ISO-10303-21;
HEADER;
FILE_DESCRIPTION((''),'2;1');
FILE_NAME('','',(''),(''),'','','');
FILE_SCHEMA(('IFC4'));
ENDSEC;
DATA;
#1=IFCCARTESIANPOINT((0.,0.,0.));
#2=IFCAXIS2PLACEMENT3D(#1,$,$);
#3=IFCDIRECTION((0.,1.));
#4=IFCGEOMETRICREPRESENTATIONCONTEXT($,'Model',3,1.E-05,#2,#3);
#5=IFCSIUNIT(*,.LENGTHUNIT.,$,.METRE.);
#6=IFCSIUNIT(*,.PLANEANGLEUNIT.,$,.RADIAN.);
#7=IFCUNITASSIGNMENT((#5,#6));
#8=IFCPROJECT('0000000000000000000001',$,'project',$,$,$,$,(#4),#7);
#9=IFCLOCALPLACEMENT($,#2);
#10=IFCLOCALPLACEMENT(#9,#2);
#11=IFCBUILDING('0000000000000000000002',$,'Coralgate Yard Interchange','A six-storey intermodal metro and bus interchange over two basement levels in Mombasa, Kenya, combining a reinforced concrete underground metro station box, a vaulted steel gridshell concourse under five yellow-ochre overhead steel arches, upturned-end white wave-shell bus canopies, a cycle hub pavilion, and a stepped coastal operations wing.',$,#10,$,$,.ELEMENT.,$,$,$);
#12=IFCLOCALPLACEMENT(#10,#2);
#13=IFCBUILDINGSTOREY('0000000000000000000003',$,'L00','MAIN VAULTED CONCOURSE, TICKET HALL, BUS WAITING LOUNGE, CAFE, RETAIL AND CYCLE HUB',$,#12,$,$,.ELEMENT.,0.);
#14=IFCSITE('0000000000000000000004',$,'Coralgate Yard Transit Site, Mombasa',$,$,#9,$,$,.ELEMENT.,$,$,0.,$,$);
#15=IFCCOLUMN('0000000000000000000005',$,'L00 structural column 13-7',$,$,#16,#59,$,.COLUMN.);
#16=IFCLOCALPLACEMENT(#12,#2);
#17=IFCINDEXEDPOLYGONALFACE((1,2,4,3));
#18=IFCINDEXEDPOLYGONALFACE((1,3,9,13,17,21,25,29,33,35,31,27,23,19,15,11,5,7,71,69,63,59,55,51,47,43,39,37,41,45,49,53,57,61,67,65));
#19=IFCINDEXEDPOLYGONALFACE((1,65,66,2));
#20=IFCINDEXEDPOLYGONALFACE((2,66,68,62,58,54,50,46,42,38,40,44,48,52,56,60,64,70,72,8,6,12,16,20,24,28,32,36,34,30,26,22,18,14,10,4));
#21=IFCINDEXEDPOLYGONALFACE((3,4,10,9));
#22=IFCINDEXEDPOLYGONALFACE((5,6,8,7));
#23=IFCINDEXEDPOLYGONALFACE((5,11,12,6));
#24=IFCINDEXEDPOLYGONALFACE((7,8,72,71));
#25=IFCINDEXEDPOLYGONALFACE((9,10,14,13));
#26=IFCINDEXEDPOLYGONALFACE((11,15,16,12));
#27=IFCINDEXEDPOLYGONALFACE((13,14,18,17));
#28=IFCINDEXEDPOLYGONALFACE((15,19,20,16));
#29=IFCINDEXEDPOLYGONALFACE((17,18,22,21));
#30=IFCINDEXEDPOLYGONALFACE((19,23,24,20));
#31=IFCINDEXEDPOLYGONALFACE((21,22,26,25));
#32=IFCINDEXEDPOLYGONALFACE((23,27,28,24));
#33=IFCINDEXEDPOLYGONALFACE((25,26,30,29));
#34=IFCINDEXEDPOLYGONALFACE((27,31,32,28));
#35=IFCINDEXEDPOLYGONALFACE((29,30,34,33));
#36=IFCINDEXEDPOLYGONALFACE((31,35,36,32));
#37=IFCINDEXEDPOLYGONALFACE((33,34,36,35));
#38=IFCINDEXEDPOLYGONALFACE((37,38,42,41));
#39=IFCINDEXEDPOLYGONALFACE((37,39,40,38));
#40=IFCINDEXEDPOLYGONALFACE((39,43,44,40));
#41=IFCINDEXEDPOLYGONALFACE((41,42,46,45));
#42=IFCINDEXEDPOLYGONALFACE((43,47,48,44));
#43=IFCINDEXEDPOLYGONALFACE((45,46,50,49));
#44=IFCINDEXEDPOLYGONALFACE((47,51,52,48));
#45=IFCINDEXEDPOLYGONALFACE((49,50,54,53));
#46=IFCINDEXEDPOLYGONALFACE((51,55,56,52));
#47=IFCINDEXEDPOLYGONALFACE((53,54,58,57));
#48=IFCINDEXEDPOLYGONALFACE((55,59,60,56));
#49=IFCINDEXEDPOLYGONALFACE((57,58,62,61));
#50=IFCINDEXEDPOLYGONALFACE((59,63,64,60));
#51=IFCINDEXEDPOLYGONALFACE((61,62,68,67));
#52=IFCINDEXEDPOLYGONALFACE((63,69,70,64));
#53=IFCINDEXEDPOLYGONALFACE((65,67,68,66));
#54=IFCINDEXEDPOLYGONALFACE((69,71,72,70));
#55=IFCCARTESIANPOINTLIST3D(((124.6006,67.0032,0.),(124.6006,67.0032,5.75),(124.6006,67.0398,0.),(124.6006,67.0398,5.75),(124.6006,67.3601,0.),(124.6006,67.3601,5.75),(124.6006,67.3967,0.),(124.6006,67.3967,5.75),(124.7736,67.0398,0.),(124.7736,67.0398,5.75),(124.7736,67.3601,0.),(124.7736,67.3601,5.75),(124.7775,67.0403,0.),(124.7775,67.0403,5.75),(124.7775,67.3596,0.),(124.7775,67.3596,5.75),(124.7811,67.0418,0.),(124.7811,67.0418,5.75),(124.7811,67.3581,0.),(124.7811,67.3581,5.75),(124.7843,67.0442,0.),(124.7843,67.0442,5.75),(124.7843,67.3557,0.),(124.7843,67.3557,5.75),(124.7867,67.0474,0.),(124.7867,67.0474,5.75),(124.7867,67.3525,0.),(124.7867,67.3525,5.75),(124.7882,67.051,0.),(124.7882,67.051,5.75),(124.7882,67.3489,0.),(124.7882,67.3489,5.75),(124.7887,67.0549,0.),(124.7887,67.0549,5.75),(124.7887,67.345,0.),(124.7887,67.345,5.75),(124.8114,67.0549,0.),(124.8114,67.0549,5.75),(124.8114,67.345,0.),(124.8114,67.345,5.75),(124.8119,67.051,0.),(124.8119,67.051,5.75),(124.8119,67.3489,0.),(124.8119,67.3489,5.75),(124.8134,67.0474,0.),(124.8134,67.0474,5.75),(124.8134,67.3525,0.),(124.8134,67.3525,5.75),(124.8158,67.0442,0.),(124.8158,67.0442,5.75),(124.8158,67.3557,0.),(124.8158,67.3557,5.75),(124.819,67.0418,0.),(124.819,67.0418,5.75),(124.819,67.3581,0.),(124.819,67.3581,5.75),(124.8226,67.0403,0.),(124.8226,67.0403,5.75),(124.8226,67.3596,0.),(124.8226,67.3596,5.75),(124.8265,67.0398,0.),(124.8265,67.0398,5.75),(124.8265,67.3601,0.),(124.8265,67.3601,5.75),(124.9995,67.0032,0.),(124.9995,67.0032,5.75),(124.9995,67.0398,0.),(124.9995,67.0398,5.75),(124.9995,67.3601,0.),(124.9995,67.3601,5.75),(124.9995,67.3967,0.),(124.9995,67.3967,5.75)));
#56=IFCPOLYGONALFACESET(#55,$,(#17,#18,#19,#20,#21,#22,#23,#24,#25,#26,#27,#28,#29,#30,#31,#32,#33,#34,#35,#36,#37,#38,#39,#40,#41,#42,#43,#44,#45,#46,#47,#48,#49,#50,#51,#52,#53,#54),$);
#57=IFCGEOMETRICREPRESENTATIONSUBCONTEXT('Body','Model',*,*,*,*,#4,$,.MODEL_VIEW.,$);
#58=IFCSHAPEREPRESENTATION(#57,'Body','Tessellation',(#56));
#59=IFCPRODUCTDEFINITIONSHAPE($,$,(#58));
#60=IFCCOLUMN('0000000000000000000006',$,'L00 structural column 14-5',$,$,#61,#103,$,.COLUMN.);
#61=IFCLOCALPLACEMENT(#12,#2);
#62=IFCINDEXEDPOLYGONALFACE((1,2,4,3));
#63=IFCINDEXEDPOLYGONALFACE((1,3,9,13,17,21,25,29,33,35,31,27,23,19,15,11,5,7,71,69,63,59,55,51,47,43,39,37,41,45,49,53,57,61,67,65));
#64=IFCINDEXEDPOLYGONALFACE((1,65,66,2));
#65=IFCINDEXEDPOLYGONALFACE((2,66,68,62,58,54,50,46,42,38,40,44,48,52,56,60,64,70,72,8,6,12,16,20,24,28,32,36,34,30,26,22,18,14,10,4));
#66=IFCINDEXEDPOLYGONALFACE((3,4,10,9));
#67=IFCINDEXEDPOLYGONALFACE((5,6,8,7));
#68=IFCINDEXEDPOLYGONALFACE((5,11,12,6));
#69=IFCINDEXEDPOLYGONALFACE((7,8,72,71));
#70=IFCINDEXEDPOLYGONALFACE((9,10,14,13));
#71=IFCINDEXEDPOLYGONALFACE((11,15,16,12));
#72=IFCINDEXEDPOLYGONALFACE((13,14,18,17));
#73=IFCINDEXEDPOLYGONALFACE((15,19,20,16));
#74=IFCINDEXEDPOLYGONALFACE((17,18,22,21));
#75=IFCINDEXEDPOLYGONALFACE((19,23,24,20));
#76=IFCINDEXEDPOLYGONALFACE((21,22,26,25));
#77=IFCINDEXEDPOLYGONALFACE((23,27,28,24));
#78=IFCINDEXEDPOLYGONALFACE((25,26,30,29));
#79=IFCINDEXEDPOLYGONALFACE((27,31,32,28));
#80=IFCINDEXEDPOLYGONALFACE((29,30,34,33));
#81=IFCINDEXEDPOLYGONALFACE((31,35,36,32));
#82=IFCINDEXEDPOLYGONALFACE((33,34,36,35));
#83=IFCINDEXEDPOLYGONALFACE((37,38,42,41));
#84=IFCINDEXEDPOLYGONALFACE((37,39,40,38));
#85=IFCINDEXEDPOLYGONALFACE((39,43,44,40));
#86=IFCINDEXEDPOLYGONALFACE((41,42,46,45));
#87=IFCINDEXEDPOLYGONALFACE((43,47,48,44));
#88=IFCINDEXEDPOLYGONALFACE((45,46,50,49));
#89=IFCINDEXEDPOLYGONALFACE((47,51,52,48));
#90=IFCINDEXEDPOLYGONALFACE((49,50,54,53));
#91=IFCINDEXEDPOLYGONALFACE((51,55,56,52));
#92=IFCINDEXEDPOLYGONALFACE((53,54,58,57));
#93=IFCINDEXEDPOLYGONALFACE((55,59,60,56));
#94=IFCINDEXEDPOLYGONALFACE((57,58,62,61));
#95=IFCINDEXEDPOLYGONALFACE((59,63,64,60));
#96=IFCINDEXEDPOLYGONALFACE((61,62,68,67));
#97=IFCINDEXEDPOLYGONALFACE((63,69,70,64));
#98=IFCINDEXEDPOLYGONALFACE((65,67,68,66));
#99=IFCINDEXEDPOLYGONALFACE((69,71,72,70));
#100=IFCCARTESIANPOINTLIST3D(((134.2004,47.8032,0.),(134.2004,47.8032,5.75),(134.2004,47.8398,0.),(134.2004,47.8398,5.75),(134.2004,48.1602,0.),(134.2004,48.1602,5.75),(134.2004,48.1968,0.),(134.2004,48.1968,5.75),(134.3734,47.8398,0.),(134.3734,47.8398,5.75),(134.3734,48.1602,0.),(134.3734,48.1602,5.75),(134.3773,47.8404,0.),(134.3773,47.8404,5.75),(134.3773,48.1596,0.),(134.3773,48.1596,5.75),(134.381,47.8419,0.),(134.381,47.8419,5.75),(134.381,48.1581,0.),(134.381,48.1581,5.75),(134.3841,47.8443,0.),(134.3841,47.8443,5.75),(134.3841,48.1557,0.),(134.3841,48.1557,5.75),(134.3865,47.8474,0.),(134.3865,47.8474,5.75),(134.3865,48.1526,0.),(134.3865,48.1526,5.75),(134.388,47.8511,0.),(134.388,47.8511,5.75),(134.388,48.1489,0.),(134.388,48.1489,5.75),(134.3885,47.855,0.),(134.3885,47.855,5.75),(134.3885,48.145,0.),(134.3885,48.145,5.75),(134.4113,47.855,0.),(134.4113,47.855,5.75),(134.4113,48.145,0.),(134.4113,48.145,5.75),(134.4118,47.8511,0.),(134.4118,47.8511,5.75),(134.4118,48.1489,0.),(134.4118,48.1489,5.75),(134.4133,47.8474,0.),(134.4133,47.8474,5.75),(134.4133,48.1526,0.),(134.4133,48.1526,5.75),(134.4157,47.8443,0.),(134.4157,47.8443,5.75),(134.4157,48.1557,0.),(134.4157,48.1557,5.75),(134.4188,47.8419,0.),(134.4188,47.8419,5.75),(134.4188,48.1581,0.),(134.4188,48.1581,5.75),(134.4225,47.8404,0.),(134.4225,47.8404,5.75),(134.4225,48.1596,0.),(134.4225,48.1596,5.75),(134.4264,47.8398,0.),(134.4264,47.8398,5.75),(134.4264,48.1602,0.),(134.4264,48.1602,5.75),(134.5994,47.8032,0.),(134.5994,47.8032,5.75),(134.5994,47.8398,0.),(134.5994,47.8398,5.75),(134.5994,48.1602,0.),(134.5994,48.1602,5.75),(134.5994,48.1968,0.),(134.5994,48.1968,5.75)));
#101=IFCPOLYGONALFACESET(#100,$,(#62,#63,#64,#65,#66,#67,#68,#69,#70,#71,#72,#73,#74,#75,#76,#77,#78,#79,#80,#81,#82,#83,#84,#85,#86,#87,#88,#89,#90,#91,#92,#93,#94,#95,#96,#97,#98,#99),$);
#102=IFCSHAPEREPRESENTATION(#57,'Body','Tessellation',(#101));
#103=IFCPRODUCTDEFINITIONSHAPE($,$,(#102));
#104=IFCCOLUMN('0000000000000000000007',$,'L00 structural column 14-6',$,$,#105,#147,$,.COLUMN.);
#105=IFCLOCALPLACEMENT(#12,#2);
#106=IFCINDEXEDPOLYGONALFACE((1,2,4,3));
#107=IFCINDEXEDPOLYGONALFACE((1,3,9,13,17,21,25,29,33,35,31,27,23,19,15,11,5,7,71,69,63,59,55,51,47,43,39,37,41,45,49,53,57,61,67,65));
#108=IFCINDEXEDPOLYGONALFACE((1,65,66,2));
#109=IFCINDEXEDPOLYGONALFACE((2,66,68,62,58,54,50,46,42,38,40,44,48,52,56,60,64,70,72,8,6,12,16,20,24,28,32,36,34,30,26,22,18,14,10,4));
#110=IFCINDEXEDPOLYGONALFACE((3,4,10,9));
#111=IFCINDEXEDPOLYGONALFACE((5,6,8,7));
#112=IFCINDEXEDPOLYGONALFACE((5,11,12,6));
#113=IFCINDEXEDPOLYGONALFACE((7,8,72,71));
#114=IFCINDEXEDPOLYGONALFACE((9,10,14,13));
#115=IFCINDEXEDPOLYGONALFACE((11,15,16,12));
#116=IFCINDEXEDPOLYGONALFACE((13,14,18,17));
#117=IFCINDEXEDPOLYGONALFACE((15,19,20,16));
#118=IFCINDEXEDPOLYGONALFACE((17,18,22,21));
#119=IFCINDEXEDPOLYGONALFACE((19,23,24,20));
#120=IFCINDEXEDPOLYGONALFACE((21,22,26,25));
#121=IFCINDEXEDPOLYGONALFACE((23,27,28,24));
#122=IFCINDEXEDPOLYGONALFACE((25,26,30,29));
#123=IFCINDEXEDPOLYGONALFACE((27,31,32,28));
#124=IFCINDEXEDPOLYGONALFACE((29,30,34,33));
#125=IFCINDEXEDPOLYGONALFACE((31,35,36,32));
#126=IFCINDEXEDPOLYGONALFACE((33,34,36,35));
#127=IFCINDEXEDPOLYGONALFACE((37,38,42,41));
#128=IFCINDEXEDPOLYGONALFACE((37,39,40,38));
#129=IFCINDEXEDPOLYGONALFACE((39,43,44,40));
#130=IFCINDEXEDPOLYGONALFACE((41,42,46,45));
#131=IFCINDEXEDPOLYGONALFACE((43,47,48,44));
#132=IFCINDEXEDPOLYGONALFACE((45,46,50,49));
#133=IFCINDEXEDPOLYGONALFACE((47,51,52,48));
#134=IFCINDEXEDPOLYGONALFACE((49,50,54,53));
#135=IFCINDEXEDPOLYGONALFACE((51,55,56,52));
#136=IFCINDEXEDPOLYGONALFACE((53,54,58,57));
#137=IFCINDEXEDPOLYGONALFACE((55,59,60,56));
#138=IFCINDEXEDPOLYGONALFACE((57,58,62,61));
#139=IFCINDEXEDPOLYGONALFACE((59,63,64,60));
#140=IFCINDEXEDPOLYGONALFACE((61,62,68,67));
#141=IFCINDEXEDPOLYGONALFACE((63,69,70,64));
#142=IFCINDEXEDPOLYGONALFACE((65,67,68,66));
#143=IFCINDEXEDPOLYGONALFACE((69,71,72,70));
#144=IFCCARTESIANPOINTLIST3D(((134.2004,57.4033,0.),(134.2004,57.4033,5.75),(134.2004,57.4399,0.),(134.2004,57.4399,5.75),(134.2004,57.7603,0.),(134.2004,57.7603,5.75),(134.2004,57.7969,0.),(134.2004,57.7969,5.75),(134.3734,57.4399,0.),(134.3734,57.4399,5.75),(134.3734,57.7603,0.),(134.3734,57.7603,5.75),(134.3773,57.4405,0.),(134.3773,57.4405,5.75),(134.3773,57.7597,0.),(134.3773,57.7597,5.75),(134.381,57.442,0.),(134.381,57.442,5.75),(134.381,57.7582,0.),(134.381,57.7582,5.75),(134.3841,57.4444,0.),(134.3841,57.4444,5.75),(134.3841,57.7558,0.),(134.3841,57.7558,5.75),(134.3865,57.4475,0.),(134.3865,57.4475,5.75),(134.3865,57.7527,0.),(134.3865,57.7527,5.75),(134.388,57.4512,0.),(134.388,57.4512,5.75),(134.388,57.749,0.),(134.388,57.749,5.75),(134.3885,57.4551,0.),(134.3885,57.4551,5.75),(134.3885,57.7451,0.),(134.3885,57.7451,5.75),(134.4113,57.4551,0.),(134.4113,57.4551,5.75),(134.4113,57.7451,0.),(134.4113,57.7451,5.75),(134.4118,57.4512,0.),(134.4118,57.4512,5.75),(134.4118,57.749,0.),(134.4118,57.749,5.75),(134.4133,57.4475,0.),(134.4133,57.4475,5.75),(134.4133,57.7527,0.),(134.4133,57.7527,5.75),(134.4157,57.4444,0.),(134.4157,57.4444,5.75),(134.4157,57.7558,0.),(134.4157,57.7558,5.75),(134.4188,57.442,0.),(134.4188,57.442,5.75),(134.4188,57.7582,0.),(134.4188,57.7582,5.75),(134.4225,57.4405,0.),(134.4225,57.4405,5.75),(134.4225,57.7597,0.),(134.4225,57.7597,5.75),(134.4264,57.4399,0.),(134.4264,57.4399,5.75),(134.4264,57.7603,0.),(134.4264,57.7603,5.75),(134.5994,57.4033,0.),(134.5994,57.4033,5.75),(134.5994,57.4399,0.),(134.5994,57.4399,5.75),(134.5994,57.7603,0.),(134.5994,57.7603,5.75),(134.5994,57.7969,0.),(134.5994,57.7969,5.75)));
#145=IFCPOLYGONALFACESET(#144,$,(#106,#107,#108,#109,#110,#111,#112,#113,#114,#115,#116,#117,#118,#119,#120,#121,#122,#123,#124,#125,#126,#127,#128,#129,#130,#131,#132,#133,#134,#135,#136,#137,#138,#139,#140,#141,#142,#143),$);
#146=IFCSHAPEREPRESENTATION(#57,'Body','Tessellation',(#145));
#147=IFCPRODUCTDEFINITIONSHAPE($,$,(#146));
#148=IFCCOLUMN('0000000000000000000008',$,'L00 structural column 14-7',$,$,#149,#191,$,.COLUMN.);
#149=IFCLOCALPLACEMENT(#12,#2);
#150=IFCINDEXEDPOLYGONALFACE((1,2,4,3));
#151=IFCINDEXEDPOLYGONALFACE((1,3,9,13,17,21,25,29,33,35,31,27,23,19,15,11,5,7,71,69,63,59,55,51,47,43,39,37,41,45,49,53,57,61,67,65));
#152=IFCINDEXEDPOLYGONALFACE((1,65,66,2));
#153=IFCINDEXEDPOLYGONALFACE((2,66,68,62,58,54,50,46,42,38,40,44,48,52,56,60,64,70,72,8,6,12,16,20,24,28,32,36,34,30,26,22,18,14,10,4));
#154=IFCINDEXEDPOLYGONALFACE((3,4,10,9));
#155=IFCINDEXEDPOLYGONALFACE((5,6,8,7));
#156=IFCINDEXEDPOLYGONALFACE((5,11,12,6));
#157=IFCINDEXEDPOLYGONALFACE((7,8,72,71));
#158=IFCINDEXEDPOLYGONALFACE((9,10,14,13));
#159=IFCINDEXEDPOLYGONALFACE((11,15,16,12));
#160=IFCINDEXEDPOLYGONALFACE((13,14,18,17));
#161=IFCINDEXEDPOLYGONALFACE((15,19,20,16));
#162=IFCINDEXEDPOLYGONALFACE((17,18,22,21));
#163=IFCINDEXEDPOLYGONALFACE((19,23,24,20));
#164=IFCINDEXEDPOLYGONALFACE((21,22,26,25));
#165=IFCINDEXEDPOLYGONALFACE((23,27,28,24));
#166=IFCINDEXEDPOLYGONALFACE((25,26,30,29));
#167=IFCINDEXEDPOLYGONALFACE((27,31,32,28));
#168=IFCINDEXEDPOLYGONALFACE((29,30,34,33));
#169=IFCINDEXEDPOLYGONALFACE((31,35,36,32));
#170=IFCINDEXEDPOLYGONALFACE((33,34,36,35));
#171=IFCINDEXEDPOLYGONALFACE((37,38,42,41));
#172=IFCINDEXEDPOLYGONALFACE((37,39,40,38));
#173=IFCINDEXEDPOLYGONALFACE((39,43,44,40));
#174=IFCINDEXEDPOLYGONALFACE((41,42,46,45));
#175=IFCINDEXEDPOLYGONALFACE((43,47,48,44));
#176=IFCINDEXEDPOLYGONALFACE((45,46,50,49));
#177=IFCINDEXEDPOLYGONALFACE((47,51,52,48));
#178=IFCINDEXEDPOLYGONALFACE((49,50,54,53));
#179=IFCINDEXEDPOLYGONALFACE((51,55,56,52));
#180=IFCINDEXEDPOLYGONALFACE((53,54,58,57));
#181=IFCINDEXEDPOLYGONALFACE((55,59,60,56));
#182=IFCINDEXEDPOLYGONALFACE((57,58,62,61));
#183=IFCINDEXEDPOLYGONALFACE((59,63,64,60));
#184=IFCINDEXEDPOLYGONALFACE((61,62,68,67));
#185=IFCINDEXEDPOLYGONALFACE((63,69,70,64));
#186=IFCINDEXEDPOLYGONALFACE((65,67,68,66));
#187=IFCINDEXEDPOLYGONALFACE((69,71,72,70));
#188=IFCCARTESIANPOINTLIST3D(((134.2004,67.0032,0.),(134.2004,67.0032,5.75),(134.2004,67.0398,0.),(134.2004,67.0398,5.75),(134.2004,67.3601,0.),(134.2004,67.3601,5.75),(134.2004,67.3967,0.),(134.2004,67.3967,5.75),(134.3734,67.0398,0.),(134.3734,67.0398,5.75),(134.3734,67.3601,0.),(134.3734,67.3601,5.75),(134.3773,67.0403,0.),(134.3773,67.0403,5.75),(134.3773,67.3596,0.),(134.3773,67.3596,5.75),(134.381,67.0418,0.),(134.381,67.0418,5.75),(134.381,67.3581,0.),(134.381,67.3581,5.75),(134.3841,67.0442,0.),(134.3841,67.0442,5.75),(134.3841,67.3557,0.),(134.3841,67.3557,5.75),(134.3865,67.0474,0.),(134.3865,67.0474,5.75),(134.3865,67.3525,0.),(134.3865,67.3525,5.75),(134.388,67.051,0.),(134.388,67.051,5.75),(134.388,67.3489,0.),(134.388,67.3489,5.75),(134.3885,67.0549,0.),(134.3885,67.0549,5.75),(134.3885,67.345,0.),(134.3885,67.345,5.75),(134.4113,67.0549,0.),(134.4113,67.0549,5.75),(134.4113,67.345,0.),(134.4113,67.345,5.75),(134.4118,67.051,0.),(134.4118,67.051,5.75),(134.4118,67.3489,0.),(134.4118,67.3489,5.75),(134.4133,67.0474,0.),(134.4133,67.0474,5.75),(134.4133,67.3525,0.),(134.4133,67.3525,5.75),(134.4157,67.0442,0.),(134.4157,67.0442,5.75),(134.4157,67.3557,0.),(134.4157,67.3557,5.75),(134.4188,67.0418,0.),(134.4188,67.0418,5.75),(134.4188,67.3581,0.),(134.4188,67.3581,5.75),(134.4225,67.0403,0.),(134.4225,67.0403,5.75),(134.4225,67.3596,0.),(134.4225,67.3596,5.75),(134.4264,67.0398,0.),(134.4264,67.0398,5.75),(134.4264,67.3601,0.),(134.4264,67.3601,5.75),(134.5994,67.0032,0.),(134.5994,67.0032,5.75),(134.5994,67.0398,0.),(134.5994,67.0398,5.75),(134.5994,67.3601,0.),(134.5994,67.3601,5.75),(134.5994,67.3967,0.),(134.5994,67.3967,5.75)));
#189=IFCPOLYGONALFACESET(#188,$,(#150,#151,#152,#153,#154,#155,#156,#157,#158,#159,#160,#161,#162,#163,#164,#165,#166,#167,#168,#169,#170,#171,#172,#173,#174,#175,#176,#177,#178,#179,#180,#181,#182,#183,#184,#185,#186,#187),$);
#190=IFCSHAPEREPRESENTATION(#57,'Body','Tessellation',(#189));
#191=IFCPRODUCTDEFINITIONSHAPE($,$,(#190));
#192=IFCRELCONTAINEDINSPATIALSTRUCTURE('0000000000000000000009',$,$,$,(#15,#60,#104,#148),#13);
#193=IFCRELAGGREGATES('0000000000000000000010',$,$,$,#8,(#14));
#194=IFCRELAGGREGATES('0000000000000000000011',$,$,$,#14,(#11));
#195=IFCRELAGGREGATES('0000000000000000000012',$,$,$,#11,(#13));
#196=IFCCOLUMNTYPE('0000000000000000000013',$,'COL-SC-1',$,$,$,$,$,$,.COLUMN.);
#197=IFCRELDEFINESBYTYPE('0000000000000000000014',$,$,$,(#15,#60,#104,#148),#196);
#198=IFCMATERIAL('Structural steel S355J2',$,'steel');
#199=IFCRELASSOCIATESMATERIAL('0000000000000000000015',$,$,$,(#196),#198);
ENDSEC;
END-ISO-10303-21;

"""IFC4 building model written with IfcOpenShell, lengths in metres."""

from ifc_helpers import new_model, si_unit, direction, frame, origin, origin_2d, place, context, subcontext, project, spatial, i_section, extrude, material, material_profile, profile_set, type_object, element, save


model = new_model("IFC4")

# Units and contexts
model_context = context("Model", 3, precision=1e-05, world=origin(), true_north=direction((0.0, 1.0)))
body_context = subcontext(model_context, "Body", "Model", "MODEL_VIEW")
ifc_project = project(units=[si_unit("LENGTHUNIT", "METRE"), si_unit("PLANEANGLEUNIT", "RADIAN")], contexts=[model_context])

# Site, building, storey
site_placement = place(None, origin())
site = spatial("IfcSite", under=ifc_project, at=site_placement, Name="Coralgate Yard Transit Site, Mombasa", CompositionType="ELEMENT", RefElevation=0.0)
building_placement = place(site_placement, origin())
building = spatial("IfcBuilding", under=site, at=building_placement, Name="Coralgate Yard Interchange", Description="A six-storey intermodal metro and bus interchange over two basement levels in Mombasa, Kenya, combining a reinforced concrete underground metro station box, a vaulted steel gridshell concourse under five yellow-ochre overhead steel arches, upturned-end white wave-shell bus canopies, a cycle hub pavilion, and a stepped coastal operations wing.", CompositionType="ELEMENT")
storey_placement = place(building_placement, origin())
storey = spatial("IfcBuildingStorey", under=building, at=storey_placement, Name="L00", Description="MAIN VAULTED CONCOURSE, TICKET HALL, BUS WAITING LOUNGE, CAFE, RETAIL AND CYCLE HUB", CompositionType="ELEMENT", Elevation=0.0)

# Columns
ifc_material = material(Name="Structural steel S355J2", Category="steel")
ifc_material_profile_1 = material_profile(ifc_material, i_section(OverallWidth=0.3989, OverallDepth=0.3936, WebThickness=0.0227, FlangeThickness=0.0366, FilletRadius=0.0151, at=origin_2d()), Name="UC 356x406x287")
ifc_profile_set_1 = profile_set([ifc_material_profile_1], Name="Structural steel S355J2")
column_type = type_object("IfcColumnType", Name="COL-SC-1", PredefinedType="COLUMN", material=ifc_profile_set_1)
for number, where, z_axis, x_axis, name in (
    (1, (124.8, 67.2, 0.0), (0.0, 0.0, 1.0), (1.0, 0.0, 0.0), "L00 structural column 13-7"),
    (2, (134.3999, 48.0, 0.0), (0.0, 0.0, 1.0), (1.0, 0.0, 0.0), "L00 structural column 14-5"),
    (3, (134.3999, 57.6001, 0.0), (0.0, 0.0, 1.0), (1.0, 0.0, 0.0), "L00 structural column 14-6"),
    (4, (134.3999, 67.2, 0.0), (0.0, 0.0, 1.0), (1.0, 0.0, 0.0), "L00 structural column 14-7"),
):
    element("IfcColumn", number, at=place(storey_placement, frame(where, z_axis=z_axis, x_axis=x_axis)), inside=storey, type_object=column_type, Name=name, PredefinedType="COLUMN", context=body_context, shape_type="SweptSolid", body=[
        extrude(i_section(OverallWidth=0.3989, OverallDepth=0.3936, WebThickness=0.0227, FlangeThickness=0.0366, FilletRadius=0.0151, at=origin_2d()), origin(), (0.0, 0.0, 1.0), 5.75),
    ])

save(model, "model.ifc")
